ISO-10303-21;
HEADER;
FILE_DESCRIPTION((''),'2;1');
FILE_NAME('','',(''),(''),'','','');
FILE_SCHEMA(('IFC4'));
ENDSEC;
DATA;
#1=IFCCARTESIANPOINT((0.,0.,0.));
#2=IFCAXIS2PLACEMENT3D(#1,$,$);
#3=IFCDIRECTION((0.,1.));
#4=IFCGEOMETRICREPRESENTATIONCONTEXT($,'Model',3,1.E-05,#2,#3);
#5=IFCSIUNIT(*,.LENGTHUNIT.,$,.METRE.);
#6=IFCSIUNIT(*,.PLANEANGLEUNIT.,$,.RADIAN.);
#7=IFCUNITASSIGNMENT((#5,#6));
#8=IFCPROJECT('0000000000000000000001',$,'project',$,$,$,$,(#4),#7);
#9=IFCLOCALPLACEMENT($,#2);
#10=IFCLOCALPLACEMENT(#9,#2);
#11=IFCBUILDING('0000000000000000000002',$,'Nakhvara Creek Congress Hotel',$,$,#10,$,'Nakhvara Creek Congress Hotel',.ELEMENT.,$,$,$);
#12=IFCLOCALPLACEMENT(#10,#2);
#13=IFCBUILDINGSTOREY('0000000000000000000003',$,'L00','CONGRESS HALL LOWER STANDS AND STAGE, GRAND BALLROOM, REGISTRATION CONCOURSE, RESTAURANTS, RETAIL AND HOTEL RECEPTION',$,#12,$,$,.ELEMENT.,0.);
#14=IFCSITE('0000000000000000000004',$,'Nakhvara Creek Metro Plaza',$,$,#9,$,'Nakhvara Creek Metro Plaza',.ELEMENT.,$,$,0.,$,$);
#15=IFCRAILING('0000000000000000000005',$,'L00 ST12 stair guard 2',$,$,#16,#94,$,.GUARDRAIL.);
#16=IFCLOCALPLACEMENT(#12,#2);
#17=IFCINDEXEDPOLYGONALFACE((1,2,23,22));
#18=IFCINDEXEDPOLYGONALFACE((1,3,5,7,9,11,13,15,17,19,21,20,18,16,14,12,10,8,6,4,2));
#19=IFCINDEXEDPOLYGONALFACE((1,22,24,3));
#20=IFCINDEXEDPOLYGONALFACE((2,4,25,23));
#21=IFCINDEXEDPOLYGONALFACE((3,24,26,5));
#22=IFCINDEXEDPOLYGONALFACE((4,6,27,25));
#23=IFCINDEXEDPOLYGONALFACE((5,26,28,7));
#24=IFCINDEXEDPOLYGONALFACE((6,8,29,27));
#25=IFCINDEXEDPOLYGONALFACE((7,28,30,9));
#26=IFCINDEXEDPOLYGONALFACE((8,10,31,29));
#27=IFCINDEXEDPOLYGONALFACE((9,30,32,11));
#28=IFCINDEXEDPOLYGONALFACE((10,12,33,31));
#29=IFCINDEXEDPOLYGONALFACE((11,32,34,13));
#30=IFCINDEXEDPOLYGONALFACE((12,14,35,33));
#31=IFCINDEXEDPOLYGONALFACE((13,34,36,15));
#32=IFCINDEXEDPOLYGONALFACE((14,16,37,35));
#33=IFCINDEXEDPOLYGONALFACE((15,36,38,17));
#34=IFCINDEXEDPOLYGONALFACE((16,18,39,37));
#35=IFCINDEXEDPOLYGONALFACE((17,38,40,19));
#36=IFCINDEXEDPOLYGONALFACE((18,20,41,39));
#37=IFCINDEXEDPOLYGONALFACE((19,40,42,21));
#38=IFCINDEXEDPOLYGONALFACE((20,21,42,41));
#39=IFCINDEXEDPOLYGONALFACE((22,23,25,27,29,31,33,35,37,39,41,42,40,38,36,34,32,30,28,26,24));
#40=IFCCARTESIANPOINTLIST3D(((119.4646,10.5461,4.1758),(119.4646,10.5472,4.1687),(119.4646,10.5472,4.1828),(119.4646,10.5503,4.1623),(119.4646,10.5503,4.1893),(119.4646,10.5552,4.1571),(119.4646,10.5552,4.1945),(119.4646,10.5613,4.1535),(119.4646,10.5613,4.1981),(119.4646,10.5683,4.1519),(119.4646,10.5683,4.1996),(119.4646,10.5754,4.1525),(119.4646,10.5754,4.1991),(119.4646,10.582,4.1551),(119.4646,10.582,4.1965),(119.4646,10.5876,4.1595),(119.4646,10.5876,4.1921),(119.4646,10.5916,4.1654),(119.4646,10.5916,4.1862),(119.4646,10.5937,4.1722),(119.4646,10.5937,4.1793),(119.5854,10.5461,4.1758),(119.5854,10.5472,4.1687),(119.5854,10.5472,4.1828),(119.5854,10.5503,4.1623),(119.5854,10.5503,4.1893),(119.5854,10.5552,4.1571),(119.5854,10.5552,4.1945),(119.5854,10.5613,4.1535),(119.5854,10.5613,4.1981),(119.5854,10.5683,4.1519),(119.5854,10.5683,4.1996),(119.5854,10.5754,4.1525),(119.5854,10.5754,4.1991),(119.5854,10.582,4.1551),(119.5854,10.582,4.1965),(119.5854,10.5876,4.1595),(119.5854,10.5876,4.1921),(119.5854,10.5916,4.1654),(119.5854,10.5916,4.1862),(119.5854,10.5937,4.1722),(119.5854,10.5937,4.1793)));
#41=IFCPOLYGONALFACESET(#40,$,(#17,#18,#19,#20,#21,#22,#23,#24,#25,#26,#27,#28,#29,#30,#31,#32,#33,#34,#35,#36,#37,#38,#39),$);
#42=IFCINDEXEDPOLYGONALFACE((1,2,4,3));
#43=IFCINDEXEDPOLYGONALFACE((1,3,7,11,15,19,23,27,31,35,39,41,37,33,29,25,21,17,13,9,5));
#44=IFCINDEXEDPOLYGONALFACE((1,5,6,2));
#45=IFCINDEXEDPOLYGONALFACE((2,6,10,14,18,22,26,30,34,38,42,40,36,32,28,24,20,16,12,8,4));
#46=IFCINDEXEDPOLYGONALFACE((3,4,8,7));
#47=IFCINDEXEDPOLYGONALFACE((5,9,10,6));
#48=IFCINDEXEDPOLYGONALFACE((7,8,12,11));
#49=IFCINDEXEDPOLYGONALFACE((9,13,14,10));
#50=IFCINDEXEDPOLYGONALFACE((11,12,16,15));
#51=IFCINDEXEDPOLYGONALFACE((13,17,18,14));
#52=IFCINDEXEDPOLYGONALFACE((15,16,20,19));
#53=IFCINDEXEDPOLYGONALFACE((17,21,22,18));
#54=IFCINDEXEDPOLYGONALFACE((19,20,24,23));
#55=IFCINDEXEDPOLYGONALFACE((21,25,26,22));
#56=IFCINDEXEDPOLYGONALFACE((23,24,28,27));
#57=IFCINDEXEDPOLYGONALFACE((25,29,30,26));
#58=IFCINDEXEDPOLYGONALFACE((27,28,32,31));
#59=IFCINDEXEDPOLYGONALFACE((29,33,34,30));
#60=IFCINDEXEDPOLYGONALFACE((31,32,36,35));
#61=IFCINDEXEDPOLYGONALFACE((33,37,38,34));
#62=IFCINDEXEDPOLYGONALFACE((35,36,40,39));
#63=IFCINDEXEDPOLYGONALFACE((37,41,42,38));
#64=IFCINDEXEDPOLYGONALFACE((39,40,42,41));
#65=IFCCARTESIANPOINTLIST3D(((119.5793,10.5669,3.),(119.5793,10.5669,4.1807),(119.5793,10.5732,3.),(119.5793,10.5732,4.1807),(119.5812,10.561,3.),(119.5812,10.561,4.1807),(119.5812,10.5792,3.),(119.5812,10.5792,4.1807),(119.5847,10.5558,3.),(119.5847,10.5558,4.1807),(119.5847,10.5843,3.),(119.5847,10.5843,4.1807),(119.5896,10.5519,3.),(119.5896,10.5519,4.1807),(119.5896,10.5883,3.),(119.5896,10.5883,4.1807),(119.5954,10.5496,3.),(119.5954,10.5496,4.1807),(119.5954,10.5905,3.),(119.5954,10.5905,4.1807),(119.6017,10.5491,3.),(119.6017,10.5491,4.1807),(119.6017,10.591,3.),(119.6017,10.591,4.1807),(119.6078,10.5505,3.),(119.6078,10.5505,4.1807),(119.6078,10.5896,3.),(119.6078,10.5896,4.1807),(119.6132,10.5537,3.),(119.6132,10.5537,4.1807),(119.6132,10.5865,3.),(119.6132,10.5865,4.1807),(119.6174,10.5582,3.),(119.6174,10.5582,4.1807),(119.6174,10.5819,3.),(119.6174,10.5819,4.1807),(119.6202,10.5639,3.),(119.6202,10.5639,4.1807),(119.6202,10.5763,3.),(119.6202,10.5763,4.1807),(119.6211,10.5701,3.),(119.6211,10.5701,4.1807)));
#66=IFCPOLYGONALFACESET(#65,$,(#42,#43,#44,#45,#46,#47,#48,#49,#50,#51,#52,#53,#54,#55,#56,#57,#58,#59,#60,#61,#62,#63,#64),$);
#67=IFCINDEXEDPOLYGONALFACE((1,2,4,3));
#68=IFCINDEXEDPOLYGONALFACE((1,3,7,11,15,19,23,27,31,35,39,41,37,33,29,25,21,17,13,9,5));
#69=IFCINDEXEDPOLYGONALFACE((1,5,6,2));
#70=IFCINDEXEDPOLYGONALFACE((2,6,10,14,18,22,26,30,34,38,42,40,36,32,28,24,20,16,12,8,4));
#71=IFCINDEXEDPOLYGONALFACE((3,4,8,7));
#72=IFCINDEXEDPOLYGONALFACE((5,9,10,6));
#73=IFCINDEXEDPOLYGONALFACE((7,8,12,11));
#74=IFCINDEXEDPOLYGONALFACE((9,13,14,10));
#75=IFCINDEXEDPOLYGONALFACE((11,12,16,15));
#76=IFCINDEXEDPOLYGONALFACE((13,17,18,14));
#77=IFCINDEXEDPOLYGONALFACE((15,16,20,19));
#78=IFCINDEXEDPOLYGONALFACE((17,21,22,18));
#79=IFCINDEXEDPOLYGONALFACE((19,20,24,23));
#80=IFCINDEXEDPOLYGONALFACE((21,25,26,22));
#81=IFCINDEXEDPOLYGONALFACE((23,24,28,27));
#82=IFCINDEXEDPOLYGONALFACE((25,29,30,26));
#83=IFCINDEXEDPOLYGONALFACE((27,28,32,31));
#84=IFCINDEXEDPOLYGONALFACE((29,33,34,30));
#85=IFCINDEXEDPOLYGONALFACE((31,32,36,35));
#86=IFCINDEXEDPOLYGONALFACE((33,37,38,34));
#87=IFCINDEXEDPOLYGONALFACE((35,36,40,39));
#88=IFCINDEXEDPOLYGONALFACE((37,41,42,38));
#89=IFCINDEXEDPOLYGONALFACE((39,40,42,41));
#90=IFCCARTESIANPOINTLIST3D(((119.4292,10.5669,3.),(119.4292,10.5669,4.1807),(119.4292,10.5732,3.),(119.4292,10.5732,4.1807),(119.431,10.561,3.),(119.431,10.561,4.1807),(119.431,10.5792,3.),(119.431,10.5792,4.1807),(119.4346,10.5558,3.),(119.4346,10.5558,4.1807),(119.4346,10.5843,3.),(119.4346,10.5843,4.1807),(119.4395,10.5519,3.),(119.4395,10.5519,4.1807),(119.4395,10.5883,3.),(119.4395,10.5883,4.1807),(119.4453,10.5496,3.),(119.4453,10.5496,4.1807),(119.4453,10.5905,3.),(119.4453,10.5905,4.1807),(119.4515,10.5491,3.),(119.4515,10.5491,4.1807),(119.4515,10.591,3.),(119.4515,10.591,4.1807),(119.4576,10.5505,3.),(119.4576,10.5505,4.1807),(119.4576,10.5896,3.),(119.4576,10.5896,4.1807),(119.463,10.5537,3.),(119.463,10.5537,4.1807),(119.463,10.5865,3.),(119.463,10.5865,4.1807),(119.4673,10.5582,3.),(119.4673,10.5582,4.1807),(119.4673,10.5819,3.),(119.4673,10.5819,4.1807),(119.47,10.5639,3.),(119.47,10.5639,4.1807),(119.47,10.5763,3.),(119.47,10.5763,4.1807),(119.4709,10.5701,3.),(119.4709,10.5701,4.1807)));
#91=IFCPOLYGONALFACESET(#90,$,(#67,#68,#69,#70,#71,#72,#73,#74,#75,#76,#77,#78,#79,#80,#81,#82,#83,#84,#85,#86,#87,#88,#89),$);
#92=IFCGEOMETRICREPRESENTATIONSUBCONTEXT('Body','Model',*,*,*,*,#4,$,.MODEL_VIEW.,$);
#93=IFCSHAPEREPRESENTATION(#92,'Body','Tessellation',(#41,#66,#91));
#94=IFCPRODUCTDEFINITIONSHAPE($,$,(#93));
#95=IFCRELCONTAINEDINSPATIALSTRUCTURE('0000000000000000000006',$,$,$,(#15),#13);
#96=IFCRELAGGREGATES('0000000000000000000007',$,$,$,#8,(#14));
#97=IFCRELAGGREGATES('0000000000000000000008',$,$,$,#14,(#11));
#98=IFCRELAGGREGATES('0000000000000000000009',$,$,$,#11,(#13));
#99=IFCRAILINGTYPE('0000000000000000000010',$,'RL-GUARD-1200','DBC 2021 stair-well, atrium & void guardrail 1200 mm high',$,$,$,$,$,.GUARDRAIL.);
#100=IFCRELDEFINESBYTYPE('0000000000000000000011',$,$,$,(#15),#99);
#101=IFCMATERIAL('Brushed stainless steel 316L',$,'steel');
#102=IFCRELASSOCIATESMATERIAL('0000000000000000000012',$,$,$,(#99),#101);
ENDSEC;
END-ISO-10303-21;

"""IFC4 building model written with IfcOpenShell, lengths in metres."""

from ifc_helpers import new_model, si_unit, direction, frame, origin, origin_2d, place, context, subcontext, project, spatial, circle, extrude, material, type_object, element, save


model = new_model("IFC4")

# Units and contexts
model_context = context("Model", 3, precision=1e-05, world=origin(), true_north=direction((0.0, 1.0)))
body_context = subcontext(model_context, "Body", "Model", "MODEL_VIEW")
ifc_project = project(units=[si_unit("LENGTHUNIT", "METRE"), si_unit("PLANEANGLEUNIT", "RADIAN")], contexts=[model_context])

# Site, building, storey
site_placement = place(None, origin())
site = spatial("IfcSite", under=ifc_project, at=site_placement, Name="Nakhvara Creek Metro Plaza", LongName="Nakhvara Creek Metro Plaza", CompositionType="ELEMENT", RefElevation=0.0)
building_placement = place(site_placement, origin())
building = spatial("IfcBuilding", under=site, at=building_placement, Name="Nakhvara Creek Congress Hotel", LongName="Nakhvara Creek Congress Hotel", CompositionType="ELEMENT")
storey_placement = place(building_placement, origin())
storey = spatial("IfcBuildingStorey", under=building, at=storey_placement, Name="L00", Description="CONGRESS HALL LOWER STANDS AND STAGE, GRAND BALLROOM, REGISTRATION CONCOURSE, RESTAURANTS, RETAIL AND HOTEL RECEPTION", CompositionType="ELEMENT", Elevation=0.0)

# Railing
ifc_material_1 = material(Name="Brushed stainless steel 316L", Category="steel")
railing_type_1 = type_object("IfcRailingType", Name="RL-GUARD-1200", Description="DBC 2021 stair-well, atrium & void guardrail 1200 mm high", PredefinedType="GUARDRAIL", material=ifc_material_1)
railing_1_placement = place(storey_placement, frame((119.6001, 10.5701, 3.0)))
element("IfcRailing", 1, at=railing_1_placement, inside=storey, type_object=railing_type_1, Name="L00 ST12 stair guard 2", PredefinedType="GUARDRAIL", context=body_context, shape_type="SweptSolid", body=[
    extrude(circle(Radius=0.0239, at=origin_2d()), frame((-0.0146, 0.0, 1.1758), z_axis=(-1.0, 0.0, 0.0), x_axis=(0.0, -1.0, 0.0)), (0.0, 0.0, 1.0), 0.1208),
    extrude(circle(Radius=0.021, at=origin_2d()), origin(), (0.0, 0.0, 1.0), 1.1807),
    extrude(circle(Radius=0.021, at=origin_2d()), frame((-0.1501, 0.0, 0.0)), (0.0, 0.0, 1.0), 1.1807),
])

save(model, "model.ifc")
